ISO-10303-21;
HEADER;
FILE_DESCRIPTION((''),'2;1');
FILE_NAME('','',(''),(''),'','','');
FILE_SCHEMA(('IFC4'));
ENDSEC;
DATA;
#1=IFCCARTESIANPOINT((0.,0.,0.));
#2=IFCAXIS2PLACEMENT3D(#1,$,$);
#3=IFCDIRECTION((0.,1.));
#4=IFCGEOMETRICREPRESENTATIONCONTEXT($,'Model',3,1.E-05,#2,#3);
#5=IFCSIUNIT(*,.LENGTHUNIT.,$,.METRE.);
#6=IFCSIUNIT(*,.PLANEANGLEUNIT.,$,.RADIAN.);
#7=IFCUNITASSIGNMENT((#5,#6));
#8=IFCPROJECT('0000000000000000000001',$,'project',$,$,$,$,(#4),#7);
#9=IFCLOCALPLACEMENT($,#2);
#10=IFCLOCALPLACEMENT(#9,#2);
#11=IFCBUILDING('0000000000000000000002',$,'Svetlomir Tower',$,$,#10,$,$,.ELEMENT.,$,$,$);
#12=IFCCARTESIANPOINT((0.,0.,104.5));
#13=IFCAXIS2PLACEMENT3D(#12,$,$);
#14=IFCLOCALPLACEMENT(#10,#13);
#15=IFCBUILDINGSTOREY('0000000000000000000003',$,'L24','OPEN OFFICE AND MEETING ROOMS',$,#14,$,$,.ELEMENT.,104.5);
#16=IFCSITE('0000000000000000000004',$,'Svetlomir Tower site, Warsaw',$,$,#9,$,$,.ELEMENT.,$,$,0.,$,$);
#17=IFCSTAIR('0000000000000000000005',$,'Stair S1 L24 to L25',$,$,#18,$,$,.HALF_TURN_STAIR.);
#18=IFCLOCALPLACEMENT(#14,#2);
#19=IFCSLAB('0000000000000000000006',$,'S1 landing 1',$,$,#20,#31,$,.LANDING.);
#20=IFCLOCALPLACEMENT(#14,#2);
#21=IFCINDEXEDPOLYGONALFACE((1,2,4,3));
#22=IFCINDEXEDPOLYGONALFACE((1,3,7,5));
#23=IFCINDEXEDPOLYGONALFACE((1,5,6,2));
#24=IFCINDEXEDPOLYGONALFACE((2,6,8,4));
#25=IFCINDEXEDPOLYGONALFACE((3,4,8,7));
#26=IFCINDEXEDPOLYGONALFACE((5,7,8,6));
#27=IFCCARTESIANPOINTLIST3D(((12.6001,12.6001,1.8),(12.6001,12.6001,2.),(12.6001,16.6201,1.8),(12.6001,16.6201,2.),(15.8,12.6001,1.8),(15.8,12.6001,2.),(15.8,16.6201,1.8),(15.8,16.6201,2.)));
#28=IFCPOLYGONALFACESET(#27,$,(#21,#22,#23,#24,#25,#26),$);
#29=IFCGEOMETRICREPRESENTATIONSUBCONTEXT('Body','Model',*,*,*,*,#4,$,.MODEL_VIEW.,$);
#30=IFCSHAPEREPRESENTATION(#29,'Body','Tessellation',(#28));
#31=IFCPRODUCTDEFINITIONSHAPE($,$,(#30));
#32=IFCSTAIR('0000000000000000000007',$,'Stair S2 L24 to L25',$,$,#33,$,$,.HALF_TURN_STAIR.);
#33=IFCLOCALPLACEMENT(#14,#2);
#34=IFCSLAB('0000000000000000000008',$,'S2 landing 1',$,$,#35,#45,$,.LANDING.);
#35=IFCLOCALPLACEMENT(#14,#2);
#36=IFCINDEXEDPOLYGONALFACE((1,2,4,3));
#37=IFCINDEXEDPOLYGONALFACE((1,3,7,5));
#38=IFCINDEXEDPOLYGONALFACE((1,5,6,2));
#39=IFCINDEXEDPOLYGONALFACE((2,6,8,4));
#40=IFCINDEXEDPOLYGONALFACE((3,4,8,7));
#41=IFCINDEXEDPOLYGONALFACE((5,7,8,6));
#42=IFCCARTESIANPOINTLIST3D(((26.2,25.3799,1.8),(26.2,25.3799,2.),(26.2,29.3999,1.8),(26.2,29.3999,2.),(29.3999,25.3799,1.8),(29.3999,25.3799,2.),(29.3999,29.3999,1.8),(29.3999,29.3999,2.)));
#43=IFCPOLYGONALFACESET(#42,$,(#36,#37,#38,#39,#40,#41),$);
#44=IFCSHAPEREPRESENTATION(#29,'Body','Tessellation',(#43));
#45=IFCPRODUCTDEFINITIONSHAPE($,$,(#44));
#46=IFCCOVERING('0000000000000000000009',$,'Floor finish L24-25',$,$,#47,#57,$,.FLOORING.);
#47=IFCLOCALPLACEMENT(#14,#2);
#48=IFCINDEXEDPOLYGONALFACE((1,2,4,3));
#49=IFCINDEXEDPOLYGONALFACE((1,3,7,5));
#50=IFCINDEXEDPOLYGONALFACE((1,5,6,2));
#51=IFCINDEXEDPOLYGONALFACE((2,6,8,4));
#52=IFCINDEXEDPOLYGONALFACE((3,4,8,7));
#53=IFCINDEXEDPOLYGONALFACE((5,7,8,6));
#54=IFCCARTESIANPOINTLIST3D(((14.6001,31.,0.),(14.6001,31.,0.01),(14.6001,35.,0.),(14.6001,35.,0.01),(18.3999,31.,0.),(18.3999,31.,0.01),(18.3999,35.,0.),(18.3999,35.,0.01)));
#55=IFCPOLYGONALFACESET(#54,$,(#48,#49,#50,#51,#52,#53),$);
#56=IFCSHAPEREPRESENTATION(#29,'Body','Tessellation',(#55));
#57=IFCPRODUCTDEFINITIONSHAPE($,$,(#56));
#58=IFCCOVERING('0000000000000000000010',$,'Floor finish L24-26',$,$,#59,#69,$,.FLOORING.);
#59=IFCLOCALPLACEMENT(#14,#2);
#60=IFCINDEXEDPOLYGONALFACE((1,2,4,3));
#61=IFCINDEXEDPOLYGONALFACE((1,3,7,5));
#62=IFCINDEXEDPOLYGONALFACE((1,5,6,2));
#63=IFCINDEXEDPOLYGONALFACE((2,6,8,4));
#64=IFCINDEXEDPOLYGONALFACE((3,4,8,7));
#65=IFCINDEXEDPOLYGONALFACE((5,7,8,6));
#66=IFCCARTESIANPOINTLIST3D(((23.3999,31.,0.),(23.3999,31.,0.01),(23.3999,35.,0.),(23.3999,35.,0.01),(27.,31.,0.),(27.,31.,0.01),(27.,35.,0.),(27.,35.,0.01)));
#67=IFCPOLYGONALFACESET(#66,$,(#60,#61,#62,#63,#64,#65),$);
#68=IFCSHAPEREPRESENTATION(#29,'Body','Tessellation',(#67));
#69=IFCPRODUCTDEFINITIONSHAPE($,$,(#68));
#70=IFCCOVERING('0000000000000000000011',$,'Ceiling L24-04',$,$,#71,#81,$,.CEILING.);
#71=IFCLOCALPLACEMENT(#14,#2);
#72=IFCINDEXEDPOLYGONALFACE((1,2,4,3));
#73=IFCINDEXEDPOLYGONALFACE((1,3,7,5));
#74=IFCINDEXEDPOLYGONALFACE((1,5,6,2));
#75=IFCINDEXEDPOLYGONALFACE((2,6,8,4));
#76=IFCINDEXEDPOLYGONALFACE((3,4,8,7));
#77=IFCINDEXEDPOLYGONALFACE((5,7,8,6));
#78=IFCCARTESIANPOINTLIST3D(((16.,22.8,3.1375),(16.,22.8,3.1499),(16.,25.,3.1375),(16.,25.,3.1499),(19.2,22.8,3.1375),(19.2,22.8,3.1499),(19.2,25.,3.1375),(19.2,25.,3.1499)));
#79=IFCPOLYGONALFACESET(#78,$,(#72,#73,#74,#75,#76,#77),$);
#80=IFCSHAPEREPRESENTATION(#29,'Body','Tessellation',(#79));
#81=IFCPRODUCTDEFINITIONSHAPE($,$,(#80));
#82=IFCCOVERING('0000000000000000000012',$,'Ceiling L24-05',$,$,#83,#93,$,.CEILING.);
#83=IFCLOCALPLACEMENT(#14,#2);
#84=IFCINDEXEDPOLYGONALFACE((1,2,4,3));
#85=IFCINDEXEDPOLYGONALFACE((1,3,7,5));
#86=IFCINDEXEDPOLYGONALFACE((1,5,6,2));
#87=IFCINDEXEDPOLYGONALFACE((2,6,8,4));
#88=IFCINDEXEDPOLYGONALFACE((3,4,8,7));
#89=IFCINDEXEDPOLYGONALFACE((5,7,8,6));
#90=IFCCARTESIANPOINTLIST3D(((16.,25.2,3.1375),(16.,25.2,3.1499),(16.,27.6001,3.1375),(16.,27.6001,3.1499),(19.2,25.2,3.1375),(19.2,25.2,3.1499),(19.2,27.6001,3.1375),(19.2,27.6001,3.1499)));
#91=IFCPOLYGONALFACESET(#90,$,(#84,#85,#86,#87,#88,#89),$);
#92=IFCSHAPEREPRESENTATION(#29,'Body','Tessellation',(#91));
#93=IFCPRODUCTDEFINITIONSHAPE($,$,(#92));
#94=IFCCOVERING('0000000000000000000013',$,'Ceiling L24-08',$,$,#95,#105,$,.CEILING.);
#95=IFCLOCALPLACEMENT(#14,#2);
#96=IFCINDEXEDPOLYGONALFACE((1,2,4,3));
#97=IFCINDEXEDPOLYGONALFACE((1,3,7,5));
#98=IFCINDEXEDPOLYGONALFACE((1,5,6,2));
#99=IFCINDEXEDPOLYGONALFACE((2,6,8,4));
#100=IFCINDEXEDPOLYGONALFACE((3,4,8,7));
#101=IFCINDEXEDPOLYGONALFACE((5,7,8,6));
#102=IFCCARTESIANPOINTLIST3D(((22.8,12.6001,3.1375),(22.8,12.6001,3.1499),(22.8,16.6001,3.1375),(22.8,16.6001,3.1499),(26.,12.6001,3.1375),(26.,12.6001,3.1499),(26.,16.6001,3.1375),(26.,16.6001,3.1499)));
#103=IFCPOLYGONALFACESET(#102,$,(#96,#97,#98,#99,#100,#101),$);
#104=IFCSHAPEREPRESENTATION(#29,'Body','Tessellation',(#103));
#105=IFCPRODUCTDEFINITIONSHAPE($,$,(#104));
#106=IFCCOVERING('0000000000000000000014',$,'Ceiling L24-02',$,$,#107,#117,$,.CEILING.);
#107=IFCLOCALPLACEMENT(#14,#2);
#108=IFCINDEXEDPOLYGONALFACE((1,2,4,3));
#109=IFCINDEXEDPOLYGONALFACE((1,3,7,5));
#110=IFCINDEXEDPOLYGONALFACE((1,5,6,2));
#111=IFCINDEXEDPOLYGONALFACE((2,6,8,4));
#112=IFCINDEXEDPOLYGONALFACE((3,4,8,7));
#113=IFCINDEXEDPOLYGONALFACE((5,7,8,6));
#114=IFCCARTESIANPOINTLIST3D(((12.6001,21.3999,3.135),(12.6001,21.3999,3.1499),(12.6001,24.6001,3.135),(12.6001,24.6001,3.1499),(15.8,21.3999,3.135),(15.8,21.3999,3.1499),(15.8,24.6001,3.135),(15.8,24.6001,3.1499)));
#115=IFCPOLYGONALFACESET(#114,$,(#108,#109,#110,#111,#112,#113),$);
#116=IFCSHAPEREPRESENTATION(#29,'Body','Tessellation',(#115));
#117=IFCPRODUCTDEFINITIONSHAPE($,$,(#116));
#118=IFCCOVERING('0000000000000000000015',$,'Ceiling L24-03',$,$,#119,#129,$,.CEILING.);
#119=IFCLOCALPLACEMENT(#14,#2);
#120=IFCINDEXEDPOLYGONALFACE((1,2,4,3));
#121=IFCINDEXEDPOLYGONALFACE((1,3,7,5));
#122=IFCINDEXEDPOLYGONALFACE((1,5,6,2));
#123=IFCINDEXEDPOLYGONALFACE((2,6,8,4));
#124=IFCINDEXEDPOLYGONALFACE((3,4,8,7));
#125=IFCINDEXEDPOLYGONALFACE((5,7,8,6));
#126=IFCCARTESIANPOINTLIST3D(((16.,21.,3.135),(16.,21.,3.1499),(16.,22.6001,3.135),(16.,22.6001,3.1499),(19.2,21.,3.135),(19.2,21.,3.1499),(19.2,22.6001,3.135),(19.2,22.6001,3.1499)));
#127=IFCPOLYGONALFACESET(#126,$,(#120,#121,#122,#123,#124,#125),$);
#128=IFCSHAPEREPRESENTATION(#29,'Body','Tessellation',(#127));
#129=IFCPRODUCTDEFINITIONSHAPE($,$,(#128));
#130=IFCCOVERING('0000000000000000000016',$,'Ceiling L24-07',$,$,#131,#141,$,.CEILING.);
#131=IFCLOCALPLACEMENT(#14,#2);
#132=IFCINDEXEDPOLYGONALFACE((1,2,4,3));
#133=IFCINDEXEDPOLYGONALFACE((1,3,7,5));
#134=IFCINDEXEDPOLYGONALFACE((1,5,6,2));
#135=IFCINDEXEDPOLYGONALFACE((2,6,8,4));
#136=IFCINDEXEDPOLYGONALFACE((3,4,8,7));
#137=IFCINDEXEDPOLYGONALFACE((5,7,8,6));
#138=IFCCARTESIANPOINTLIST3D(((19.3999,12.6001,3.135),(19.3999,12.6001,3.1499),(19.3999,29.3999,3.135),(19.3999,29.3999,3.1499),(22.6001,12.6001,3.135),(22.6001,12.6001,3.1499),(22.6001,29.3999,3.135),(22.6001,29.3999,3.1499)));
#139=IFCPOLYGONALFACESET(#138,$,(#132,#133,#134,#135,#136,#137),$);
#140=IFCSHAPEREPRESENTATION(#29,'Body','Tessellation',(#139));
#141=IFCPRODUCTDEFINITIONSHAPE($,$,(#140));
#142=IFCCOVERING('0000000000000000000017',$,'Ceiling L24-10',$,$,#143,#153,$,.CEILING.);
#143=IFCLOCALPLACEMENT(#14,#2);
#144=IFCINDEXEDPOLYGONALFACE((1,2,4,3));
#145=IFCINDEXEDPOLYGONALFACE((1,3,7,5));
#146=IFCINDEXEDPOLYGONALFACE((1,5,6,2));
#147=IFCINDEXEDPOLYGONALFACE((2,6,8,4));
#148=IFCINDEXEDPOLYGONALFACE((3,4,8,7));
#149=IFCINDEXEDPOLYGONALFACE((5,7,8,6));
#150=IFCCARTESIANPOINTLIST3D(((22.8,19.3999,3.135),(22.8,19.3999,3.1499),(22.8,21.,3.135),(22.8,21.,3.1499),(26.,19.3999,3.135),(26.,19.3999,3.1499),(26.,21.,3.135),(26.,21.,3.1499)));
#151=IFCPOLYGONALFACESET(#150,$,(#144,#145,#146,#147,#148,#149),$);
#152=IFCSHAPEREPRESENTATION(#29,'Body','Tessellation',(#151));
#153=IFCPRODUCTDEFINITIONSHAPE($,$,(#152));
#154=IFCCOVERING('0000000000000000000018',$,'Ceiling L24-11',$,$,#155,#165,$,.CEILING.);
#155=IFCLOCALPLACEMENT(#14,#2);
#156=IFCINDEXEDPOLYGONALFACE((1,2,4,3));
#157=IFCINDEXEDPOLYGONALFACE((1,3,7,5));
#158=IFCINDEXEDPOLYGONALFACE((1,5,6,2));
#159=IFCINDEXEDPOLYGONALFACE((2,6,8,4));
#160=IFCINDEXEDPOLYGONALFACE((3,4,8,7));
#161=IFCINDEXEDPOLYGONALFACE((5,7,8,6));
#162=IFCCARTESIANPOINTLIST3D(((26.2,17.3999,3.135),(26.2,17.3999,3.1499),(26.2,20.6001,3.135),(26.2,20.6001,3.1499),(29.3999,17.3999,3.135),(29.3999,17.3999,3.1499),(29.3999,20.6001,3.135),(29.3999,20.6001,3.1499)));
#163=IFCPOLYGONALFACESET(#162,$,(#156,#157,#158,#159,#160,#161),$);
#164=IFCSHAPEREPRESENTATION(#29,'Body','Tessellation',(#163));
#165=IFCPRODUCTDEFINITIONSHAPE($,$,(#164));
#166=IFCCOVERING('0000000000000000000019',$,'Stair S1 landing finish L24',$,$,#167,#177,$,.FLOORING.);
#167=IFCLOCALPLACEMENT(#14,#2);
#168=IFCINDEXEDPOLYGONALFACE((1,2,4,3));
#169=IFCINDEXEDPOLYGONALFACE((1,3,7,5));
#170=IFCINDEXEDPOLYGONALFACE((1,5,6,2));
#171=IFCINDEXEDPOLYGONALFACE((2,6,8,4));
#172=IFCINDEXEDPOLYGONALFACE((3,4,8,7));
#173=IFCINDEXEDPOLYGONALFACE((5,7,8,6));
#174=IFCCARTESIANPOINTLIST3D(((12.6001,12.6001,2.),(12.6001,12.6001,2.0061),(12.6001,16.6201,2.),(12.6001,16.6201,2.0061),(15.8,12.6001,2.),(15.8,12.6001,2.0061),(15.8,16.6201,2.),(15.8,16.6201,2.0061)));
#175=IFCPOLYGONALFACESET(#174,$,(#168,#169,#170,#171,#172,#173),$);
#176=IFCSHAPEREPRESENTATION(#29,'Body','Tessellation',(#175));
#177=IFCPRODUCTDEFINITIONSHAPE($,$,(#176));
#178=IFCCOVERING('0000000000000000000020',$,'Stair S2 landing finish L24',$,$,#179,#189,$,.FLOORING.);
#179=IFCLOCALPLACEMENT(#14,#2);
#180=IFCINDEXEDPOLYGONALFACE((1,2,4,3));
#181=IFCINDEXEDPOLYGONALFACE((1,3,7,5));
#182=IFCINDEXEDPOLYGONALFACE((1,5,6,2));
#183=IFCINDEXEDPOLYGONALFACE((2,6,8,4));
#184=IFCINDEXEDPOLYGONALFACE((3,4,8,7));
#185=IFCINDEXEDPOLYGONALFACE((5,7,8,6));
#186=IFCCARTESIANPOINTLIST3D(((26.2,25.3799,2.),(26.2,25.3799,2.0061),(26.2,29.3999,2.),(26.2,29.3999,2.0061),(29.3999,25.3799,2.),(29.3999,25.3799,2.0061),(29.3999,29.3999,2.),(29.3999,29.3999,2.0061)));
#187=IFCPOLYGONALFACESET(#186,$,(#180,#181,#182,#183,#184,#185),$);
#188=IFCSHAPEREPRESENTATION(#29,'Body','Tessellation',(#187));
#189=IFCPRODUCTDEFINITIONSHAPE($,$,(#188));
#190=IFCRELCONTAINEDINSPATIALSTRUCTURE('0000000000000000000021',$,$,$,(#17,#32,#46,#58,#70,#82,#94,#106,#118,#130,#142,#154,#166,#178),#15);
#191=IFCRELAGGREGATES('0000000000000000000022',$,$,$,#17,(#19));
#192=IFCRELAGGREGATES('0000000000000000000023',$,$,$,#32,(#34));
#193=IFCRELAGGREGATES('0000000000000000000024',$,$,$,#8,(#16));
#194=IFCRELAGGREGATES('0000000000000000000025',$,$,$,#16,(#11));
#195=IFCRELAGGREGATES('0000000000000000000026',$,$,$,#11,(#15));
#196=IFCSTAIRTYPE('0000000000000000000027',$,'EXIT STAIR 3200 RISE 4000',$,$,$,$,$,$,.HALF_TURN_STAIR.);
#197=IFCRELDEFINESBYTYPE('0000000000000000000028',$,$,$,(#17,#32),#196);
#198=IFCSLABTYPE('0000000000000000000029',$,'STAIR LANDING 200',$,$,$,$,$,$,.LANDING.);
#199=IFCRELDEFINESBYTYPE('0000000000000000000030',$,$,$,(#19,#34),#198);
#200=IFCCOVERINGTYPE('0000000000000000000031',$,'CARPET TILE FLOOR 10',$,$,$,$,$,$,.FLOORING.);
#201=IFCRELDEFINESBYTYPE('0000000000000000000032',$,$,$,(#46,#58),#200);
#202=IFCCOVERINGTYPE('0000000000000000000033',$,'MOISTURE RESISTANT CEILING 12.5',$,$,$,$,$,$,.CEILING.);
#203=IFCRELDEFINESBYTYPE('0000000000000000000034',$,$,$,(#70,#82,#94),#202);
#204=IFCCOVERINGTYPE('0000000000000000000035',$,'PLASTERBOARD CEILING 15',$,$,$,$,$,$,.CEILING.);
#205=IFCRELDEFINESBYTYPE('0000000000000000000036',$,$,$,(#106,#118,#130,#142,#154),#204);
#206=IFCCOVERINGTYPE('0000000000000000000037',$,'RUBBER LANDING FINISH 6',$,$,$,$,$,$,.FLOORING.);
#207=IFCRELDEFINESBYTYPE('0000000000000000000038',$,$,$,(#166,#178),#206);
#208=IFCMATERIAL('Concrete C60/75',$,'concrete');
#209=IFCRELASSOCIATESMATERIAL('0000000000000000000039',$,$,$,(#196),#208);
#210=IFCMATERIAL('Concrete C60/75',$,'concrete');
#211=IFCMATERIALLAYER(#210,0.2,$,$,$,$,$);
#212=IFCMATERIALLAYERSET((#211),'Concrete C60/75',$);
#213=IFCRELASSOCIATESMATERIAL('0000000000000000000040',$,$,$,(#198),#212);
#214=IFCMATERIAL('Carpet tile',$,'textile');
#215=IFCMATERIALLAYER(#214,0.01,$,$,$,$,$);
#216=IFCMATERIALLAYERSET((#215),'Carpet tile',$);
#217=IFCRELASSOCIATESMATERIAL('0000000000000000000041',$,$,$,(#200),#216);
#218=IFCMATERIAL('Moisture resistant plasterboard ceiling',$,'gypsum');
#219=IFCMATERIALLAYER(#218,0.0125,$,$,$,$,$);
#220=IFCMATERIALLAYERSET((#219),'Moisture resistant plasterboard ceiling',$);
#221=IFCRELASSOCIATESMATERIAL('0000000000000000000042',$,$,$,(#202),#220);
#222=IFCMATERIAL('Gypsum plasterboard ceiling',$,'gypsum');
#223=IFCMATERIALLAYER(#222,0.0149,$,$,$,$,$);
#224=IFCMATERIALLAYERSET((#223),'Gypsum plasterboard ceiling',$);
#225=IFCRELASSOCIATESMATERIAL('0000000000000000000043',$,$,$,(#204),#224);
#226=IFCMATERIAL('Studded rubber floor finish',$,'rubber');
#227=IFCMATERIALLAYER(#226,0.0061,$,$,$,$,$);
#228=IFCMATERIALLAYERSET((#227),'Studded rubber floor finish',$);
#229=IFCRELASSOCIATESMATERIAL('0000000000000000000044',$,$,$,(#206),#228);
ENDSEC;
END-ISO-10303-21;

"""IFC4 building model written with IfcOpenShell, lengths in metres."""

from ifc_helpers import new_model, si_unit, direction, frame, origin, place, context, subcontext, project, spatial, polyline, outline, extrude, material, layer, layer_set, type_object, element, aggregate, save


model = new_model("IFC4")

# Units and contexts
model_context = context("Model", 3, precision=1e-05, world=origin(), true_north=direction((0.0, 1.0)))
body_context = subcontext(model_context, "Body", "Model", "MODEL_VIEW")
ifc_project = project(units=[si_unit("LENGTHUNIT", "METRE"), si_unit("PLANEANGLEUNIT", "RADIAN")], contexts=[model_context])

# Site, building, storey
site_placement = place(None, origin())
site = spatial("IfcSite", under=ifc_project, at=site_placement, Name="Svetlomir Tower site, Warsaw", CompositionType="ELEMENT", RefElevation=0.0)
building_placement = place(site_placement, origin())
building = spatial("IfcBuilding", under=site, at=building_placement, Name="Svetlomir Tower", CompositionType="ELEMENT")
storey_placement = place(building_placement, frame((0.0, 0.0, 104.5)))
storey = spatial("IfcBuildingStorey", under=building, at=storey_placement, Name="L24", Description="OPEN OFFICE AND MEETING ROOMS", CompositionType="ELEMENT", Elevation=104.5)

# Stairs, slabs
ifc_material_1 = material(Name="Concrete C60/75", Category="concrete")
stair_type = type_object("IfcStairType", Name="EXIT STAIR 3200 RISE 4000", PredefinedType="HALF_TURN_STAIR", material=ifc_material_1)
stair_1_placement = place(storey_placement, origin())
stair_1 = element("IfcStair", 1, at=stair_1_placement, inside=storey, type_object=stair_type, Name="Stair S1 L24 to L25", PredefinedType="HALF_TURN_STAIR")
ifc_material_2 = material(Name="Concrete C60/75", Category="concrete")
ifc_layer_1 = layer(ifc_material_2, 0.2)
ifc_layer_set_1 = layer_set([ifc_layer_1], Name="Concrete C60/75")
slab_type = type_object("IfcSlabType", Name="STAIR LANDING 200", PredefinedType="LANDING", material=ifc_layer_set_1)
slab_1_placement = place(storey_placement, frame((0.0, 0.0, 1.8)))
slab_1 = element("IfcSlab", 2, at=slab_1_placement, type_object=slab_type, Name="S1 landing 1", PredefinedType="LANDING", context=body_context, shape_type="SweptSolid", body=[
    extrude(outline(polyline([(12.6001, 12.6001), (15.8, 12.6001), (15.8, 16.6201), (12.6001, 16.6201), (12.6001, 12.6001)])), origin(), (0.0, 0.0, 1.0), 0.2),
])
aggregate(stair_1, [slab_1])
stair_2_placement = place(storey_placement, origin())
stair_2 = element("IfcStair", 3, at=stair_2_placement, inside=storey, type_object=stair_type, Name="Stair S2 L24 to L25", PredefinedType="HALF_TURN_STAIR")
slab_2_placement = place(storey_placement, frame((0.0, 0.0, 1.8)))
slab_2 = element("IfcSlab", 4, at=slab_2_placement, type_object=slab_type, Name="S2 landing 1", PredefinedType="LANDING", context=body_context, shape_type="SweptSolid", body=[
    extrude(outline(polyline([(26.2, 25.3799), (29.3999, 25.3799), (29.3999, 29.3999), (26.2, 29.3999), (26.2, 25.3799)])), origin(), (0.0, 0.0, 1.0), 0.2),
])
aggregate(stair_2, [slab_2])

# Coverings
ifc_material_3 = material(Name="Carpet tile", Category="textile")
ifc_layer_2 = layer(ifc_material_3, 0.01)
ifc_layer_set_2 = layer_set([ifc_layer_2], Name="Carpet tile")
covering_type_1 = type_object("IfcCoveringType", Name="CARPET TILE FLOOR 10", PredefinedType="FLOORING", material=ifc_layer_set_2)
covering_1_placement = place(storey_placement, origin())
element("IfcCovering", 5, at=covering_1_placement, inside=storey, type_object=covering_type_1, Name="Floor finish L24-25", PredefinedType="FLOORING", context=body_context, shape_type="SweptSolid", body=[
    extrude(outline(polyline([(14.6001, 31.0), (18.3999, 31.0), (18.3999, 35.0), (14.6001, 35.0), (14.6001, 31.0)])), origin(), (0.0, 0.0, 1.0), 0.01),
])
covering_2_placement = place(storey_placement, origin())
element("IfcCovering", 6, at=covering_2_placement, inside=storey, type_object=covering_type_1, Name="Floor finish L24-26", PredefinedType="FLOORING", context=body_context, shape_type="SweptSolid", body=[
    extrude(outline(polyline([(23.3999, 31.0), (27.0, 31.0), (27.0, 35.0), (23.3999, 35.0), (23.3999, 31.0)])), origin(), (0.0, 0.0, 1.0), 0.01),
])
ifc_material_4 = material(Name="Moisture resistant plasterboard ceiling", Category="gypsum")
ifc_layer_3 = layer(ifc_material_4, 0.0125)
ifc_layer_set_3 = layer_set([ifc_layer_3], Name="Moisture resistant plasterboard ceiling")
covering_type_2 = type_object("IfcCoveringType", Name="MOISTURE RESISTANT CEILING 12.5", PredefinedType="CEILING", material=ifc_layer_set_3)
covering_3_placement = place(storey_placement, frame((0.0, 0.0, 3.1375)))
element("IfcCovering", 7, at=covering_3_placement, inside=storey, type_object=covering_type_2, Name="Ceiling L24-04", PredefinedType="CEILING", context=body_context, shape_type="SweptSolid", body=[
    extrude(outline(polyline([(16.0, 22.8), (19.2, 22.8), (19.2, 25.0), (16.0, 25.0), (16.0, 22.8)])), origin(), (0.0, 0.0, 1.0), 0.0125),
])
covering_4_placement = place(storey_placement, frame((0.0, 0.0, 3.1375)))
element("IfcCovering", 8, at=covering_4_placement, inside=storey, type_object=covering_type_2, Name="Ceiling L24-05", PredefinedType="CEILING", context=body_context, shape_type="SweptSolid", body=[
    extrude(outline(polyline([(16.0, 25.2), (19.2, 25.2), (19.2, 27.6001), (16.0, 27.6001), (16.0, 25.2)])), origin(), (0.0, 0.0, 1.0), 0.0125),
])
covering_5_placement = place(storey_placement, frame((0.0, 0.0, 3.1375)))
element("IfcCovering", 9, at=covering_5_placement, inside=storey, type_object=covering_type_2, Name="Ceiling L24-08", PredefinedType="CEILING", context=body_context, shape_type="SweptSolid", body=[
    extrude(outline(polyline([(22.8, 12.6001), (26.0, 12.6001), (26.0, 16.6001), (22.8, 16.6001), (22.8, 12.6001)])), origin(), (0.0, 0.0, 1.0), 0.0125),
])
ifc_material_5 = material(Name="Gypsum plasterboard ceiling", Category="gypsum")
ifc_layer_4 = layer(ifc_material_5, 0.0149)
ifc_layer_set_4 = layer_set([ifc_layer_4], Name="Gypsum plasterboard ceiling")
covering_type_3 = type_object("IfcCoveringType", Name="PLASTERBOARD CEILING 15", PredefinedType="CEILING", material=ifc_layer_set_4)
covering_6_placement = place(storey_placement, frame((0.0, 0.0, 3.135)))
element("IfcCovering", 10, at=covering_6_placement, inside=storey, type_object=covering_type_3, Name="Ceiling L24-02", PredefinedType="CEILING", context=body_context, shape_type="SweptSolid", body=[
    extrude(outline(polyline([(12.6001, 21.3999), (15.8, 21.3999), (15.8, 24.6001), (12.6001, 24.6001), (12.6001, 21.3999)])), origin(), (0.0, 0.0, 1.0), 0.0149),
])
covering_7_placement = place(storey_placement, frame((0.0, 0.0, 3.135)))
element("IfcCovering", 11, at=covering_7_placement, inside=storey, type_object=covering_type_3, Name="Ceiling L24-03", PredefinedType="CEILING", context=body_context, shape_type="SweptSolid", body=[
    extrude(outline(polyline([(16.0, 21.0), (19.2, 21.0), (19.2, 22.6001), (16.0, 22.6001), (16.0, 21.0)])), origin(), (0.0, 0.0, 1.0), 0.0149),
])
covering_8_placement = place(storey_placement, frame((0.0, 0.0, 3.135)))
element("IfcCovering", 12, at=covering_8_placement, inside=storey, type_object=covering_type_3, Name="Ceiling L24-07", PredefinedType="CEILING", context=body_context, shape_type="SweptSolid", body=[
    extrude(outline(polyline([(19.3999, 12.6001), (22.6001, 12.6001), (22.6001, 29.3999), (19.3999, 29.3999), (19.3999, 12.6001)])), origin(), (0.0, 0.0, 1.0), 0.0149),
])
covering_9_placement = place(storey_placement, frame((0.0, 0.0, 3.135)))
element("IfcCovering", 13, at=covering_9_placement, inside=storey, type_object=covering_type_3, Name="Ceiling L24-10", PredefinedType="CEILING", context=body_context, shape_type="SweptSolid", body=[
    extrude(outline(polyline([(22.8, 19.3999), (26.0, 19.3999), (26.0, 21.0), (22.8, 21.0), (22.8, 19.3999)])), origin(), (0.0, 0.0, 1.0), 0.0149),
])
covering_10_placement = place(storey_placement, frame((0.0, 0.0, 3.135)))
element("IfcCovering", 14, at=covering_10_placement, inside=storey, type_object=covering_type_3, Name="Ceiling L24-11", PredefinedType="CEILING", context=body_context, shape_type="SweptSolid", body=[
    extrude(outline(polyline([(26.2, 17.3999), (29.3999, 17.3999), (29.3999, 20.6001), (26.2, 20.6001), (26.2, 17.3999)])), origin(), (0.0, 0.0, 1.0), 0.0149),
])
ifc_material_6 = material(Name="Studded rubber floor finish", Category="rubber")
ifc_layer_5 = layer(ifc_material_6, 0.0061)
ifc_layer_set_5 = layer_set([ifc_layer_5], Name="Studded rubber floor finish")
covering_type_4 = type_object("IfcCoveringType", Name="RUBBER LANDING FINISH 6", PredefinedType="FLOORING", material=ifc_layer_set_5)
covering_11_placement = place(storey_placement, frame((0.0, 0.0, 2.0)))
element("IfcCovering", 15, at=covering_11_placement, inside=storey, type_object=covering_type_4, Name="Stair S1 landing finish L24", PredefinedType="FLOORING", context=body_context, shape_type="SweptSolid", body=[
    extrude(outline(polyline([(12.6001, 12.6001), (15.8, 12.6001), (15.8, 16.6201), (12.6001, 16.6201), (12.6001, 12.6001)])), origin(), (0.0, 0.0, 1.0), 0.0061),
])
covering_12_placement = place(storey_placement, frame((0.0, 0.0, 2.0)))
element("IfcCovering", 16, at=covering_12_placement, inside=storey, type_object=covering_type_4, Name="Stair S2 landing finish L24", PredefinedType="FLOORING", context=body_context, shape_type="SweptSolid", body=[
    extrude(outline(polyline([(26.2, 25.3799), (29.3999, 25.3799), (29.3999, 29.3999), (26.2, 29.3999), (26.2, 25.3799)])), origin(), (0.0, 0.0, 1.0), 0.0061),
])

save(model, "model.ifc")
